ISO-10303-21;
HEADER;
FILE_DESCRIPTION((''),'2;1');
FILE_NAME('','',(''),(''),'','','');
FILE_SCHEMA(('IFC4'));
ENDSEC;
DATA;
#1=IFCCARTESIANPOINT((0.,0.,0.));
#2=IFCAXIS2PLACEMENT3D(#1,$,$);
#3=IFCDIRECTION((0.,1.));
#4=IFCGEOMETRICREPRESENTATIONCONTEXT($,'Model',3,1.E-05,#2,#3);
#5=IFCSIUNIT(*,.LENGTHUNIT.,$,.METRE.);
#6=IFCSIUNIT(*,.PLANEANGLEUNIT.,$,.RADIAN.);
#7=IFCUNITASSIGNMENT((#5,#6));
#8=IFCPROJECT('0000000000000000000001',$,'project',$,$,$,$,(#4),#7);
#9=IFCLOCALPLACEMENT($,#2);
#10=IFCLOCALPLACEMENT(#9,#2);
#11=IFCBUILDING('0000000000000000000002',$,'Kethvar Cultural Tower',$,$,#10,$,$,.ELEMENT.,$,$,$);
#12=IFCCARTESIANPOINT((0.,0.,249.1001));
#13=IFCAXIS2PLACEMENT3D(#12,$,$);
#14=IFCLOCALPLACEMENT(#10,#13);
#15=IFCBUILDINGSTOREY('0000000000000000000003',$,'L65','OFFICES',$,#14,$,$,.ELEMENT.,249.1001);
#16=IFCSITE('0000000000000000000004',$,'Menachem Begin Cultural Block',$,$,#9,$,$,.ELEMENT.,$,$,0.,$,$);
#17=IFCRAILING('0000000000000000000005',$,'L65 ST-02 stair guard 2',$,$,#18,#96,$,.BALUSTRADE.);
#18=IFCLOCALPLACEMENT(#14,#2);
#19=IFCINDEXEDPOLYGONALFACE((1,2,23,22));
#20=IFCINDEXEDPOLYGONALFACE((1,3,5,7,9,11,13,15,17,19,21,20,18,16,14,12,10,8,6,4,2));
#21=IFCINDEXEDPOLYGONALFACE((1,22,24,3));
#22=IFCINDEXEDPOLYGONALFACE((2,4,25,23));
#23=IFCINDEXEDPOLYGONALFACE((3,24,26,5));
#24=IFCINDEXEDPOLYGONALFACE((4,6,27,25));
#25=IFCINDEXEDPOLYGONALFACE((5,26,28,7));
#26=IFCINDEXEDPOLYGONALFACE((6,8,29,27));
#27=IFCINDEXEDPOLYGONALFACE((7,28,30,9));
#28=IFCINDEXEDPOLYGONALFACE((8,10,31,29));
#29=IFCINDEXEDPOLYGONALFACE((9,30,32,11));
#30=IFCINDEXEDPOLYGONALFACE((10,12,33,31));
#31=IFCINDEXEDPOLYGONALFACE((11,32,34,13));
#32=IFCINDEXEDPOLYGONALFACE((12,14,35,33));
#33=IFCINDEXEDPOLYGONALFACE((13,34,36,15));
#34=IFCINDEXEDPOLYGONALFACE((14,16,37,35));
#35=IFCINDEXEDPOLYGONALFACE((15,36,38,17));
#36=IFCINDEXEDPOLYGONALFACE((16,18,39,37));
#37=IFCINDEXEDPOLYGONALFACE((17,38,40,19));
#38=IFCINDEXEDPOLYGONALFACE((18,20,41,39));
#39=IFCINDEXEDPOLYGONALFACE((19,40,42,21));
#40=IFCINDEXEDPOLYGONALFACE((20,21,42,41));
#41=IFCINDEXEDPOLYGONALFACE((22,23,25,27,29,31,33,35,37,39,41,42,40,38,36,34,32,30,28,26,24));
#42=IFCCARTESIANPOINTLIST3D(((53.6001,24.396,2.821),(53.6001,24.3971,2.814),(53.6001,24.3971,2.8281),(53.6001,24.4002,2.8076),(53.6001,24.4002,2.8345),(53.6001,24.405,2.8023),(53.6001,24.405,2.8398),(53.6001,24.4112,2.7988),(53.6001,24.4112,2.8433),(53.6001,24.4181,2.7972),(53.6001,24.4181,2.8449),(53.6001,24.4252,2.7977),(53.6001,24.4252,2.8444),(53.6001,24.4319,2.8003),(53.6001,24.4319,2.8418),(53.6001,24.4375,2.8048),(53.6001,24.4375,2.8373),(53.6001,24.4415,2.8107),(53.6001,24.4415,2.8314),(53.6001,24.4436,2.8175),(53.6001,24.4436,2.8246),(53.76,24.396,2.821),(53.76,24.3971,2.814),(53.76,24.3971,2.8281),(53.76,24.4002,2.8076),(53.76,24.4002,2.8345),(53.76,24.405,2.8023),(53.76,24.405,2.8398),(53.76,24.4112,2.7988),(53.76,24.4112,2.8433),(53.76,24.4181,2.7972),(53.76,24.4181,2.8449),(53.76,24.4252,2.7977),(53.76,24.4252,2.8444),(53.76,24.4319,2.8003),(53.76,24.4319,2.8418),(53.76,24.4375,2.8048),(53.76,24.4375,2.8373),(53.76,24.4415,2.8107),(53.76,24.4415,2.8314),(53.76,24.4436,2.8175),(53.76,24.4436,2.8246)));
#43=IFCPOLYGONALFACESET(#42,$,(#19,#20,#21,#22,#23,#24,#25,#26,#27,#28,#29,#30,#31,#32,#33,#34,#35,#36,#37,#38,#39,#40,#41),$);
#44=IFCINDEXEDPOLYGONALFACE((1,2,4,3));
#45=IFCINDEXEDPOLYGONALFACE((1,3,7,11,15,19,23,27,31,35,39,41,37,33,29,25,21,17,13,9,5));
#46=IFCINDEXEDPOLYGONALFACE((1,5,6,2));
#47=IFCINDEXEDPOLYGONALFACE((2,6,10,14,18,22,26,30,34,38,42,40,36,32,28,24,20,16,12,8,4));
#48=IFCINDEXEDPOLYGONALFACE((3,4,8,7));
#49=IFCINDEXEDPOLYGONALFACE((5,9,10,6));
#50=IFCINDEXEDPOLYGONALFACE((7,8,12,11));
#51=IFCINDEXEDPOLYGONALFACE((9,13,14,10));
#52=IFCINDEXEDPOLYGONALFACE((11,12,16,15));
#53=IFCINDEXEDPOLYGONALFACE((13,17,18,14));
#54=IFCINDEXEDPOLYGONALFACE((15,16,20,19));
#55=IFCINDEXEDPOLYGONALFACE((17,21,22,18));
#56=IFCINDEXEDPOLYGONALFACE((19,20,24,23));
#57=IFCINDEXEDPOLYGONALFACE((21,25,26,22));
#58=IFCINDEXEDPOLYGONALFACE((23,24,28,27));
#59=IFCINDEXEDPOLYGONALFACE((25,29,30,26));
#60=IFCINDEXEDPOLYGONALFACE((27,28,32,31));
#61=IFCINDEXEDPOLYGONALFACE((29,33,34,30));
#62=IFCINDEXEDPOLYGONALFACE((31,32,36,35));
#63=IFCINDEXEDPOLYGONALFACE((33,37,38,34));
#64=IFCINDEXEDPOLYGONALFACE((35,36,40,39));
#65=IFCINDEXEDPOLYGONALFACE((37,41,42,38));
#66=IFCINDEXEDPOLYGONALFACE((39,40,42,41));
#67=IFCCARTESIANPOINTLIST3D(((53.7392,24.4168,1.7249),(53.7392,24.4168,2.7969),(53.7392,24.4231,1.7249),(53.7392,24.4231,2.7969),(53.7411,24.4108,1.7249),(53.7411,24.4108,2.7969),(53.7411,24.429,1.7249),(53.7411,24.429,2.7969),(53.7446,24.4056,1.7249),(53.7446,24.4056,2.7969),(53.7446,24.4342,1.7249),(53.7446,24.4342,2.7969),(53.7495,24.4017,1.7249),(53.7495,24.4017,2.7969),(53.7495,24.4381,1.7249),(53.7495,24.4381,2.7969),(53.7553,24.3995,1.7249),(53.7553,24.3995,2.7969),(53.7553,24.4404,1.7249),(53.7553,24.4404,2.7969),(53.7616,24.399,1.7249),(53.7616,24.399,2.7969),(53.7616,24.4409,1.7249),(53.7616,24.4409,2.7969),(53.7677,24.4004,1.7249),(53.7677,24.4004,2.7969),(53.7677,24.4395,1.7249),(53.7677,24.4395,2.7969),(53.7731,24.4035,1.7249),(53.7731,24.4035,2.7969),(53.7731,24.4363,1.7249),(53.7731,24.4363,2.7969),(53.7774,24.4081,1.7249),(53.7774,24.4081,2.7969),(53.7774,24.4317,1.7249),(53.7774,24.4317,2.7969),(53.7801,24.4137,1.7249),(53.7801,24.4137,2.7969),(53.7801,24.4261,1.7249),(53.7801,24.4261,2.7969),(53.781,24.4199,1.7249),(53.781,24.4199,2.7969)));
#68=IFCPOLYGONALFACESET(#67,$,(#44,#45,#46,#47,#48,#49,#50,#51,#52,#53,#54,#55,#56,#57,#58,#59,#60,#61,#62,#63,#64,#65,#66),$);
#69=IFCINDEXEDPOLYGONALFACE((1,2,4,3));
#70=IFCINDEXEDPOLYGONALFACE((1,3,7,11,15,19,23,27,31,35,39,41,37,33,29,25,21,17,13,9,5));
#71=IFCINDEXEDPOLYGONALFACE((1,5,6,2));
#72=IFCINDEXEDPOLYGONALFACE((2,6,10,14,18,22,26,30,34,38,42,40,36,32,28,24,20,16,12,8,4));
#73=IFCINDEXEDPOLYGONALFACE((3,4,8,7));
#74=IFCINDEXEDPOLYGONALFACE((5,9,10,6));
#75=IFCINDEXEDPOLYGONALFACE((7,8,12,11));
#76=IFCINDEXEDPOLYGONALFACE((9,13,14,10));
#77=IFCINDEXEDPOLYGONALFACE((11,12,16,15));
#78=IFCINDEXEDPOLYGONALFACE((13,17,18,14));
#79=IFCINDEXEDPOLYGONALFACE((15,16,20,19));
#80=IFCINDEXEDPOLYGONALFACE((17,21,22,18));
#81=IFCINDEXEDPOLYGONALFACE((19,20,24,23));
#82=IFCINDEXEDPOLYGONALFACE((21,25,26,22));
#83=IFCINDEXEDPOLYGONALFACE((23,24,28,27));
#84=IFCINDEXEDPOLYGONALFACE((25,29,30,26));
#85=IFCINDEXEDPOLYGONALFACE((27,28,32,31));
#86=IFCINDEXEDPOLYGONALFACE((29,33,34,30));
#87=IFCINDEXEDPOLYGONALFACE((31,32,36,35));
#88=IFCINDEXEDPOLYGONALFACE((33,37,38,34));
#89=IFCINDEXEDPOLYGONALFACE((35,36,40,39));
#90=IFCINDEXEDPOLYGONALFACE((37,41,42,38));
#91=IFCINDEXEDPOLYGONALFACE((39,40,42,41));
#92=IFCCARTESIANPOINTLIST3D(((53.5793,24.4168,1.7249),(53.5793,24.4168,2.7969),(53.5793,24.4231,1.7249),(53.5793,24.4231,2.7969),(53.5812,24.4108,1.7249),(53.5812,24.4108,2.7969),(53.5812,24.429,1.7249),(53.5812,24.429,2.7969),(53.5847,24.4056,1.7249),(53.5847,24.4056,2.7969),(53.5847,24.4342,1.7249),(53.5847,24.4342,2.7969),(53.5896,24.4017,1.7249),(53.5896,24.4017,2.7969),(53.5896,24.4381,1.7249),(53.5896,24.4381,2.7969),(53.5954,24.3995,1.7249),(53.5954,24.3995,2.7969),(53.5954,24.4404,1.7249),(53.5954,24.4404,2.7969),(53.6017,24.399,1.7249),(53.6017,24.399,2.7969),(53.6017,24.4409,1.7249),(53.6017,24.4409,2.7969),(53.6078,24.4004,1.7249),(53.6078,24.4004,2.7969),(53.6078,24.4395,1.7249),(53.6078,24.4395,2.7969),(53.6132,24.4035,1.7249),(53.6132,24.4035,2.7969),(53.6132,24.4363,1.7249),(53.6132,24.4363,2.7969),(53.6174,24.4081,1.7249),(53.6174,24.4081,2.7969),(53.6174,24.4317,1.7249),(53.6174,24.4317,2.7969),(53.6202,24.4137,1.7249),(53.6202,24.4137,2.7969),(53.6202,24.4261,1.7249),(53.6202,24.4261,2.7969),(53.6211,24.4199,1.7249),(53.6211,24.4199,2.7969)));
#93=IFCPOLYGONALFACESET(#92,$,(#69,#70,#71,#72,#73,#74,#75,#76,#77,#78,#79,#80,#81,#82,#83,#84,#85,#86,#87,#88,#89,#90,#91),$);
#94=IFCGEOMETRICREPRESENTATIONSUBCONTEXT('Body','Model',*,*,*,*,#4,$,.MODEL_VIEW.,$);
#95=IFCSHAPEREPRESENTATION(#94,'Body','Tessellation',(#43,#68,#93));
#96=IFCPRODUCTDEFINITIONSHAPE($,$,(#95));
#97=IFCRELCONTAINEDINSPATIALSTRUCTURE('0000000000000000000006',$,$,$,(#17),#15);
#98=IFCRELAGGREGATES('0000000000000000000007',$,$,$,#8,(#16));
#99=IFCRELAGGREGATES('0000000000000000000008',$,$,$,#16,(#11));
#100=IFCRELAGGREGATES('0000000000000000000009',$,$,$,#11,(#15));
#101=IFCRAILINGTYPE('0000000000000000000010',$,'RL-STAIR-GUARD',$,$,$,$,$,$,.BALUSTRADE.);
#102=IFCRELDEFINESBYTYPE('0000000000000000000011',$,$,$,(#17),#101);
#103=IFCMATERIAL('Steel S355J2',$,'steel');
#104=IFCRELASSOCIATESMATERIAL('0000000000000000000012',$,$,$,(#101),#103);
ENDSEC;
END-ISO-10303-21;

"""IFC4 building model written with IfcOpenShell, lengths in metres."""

from ifc_helpers import new_model, si_unit, direction, frame, origin, origin_2d, place, context, subcontext, project, spatial, circle, extrude, material, type_object, element, save


model = new_model("IFC4")

# Units and contexts
model_context = context("Model", 3, precision=1e-05, world=origin(), true_north=direction((0.0, 1.0)))
body_context = subcontext(model_context, "Body", "Model", "MODEL_VIEW")
ifc_project = project(units=[si_unit("LENGTHUNIT", "METRE"), si_unit("PLANEANGLEUNIT", "RADIAN")], contexts=[model_context])

# Site, building, storey
site_placement = place(None, origin())
site = spatial("IfcSite", under=ifc_project, at=site_placement, Name="Menachem Begin Cultural Block", CompositionType="ELEMENT", RefElevation=0.0)
building_placement = place(site_placement, origin())
building = spatial("IfcBuilding", under=site, at=building_placement, Name="Kethvar Cultural Tower", CompositionType="ELEMENT")
storey_placement = place(building_placement, frame((0.0, 0.0, 249.1001)))
storey = spatial("IfcBuildingStorey", under=building, at=storey_placement, Name="L65", Description="OFFICES", CompositionType="ELEMENT", Elevation=249.1001)

# Shared definitions
ifc_material_1 = material(Name="Steel S355J2", Category="steel")

# Railing
railing_type_1 = type_object("IfcRailingType", Name="RL-STAIR-GUARD", PredefinedType="BALUSTRADE", material=ifc_material_1)
railing_1_placement = place(storey_placement, frame((53.76, 24.4199, 1.7249)))
element("IfcRailing", 1, at=railing_1_placement, inside=storey, type_object=railing_type_1, Name="L65 ST-02 stair guard 2", PredefinedType="BALUSTRADE", context=body_context, shape_type="SweptSolid", body=[
    extrude(circle(Radius=0.0239, at=origin_2d()), frame((0.0, 0.0, 1.0962), z_axis=(-1.0, 0.0, 0.0), x_axis=(0.0, -1.0, 0.0)), (0.0, 0.0, 1.0), 0.1599),
    extrude(circle(Radius=0.021, at=origin_2d()), origin(), (0.0, 0.0, 1.0), 1.072),
    extrude(circle(Radius=0.021, at=origin_2d()), frame((-0.1599, 0.0, 0.0)), (0.0, 0.0, 1.0), 1.072),
])

save(model, "model.ifc")
